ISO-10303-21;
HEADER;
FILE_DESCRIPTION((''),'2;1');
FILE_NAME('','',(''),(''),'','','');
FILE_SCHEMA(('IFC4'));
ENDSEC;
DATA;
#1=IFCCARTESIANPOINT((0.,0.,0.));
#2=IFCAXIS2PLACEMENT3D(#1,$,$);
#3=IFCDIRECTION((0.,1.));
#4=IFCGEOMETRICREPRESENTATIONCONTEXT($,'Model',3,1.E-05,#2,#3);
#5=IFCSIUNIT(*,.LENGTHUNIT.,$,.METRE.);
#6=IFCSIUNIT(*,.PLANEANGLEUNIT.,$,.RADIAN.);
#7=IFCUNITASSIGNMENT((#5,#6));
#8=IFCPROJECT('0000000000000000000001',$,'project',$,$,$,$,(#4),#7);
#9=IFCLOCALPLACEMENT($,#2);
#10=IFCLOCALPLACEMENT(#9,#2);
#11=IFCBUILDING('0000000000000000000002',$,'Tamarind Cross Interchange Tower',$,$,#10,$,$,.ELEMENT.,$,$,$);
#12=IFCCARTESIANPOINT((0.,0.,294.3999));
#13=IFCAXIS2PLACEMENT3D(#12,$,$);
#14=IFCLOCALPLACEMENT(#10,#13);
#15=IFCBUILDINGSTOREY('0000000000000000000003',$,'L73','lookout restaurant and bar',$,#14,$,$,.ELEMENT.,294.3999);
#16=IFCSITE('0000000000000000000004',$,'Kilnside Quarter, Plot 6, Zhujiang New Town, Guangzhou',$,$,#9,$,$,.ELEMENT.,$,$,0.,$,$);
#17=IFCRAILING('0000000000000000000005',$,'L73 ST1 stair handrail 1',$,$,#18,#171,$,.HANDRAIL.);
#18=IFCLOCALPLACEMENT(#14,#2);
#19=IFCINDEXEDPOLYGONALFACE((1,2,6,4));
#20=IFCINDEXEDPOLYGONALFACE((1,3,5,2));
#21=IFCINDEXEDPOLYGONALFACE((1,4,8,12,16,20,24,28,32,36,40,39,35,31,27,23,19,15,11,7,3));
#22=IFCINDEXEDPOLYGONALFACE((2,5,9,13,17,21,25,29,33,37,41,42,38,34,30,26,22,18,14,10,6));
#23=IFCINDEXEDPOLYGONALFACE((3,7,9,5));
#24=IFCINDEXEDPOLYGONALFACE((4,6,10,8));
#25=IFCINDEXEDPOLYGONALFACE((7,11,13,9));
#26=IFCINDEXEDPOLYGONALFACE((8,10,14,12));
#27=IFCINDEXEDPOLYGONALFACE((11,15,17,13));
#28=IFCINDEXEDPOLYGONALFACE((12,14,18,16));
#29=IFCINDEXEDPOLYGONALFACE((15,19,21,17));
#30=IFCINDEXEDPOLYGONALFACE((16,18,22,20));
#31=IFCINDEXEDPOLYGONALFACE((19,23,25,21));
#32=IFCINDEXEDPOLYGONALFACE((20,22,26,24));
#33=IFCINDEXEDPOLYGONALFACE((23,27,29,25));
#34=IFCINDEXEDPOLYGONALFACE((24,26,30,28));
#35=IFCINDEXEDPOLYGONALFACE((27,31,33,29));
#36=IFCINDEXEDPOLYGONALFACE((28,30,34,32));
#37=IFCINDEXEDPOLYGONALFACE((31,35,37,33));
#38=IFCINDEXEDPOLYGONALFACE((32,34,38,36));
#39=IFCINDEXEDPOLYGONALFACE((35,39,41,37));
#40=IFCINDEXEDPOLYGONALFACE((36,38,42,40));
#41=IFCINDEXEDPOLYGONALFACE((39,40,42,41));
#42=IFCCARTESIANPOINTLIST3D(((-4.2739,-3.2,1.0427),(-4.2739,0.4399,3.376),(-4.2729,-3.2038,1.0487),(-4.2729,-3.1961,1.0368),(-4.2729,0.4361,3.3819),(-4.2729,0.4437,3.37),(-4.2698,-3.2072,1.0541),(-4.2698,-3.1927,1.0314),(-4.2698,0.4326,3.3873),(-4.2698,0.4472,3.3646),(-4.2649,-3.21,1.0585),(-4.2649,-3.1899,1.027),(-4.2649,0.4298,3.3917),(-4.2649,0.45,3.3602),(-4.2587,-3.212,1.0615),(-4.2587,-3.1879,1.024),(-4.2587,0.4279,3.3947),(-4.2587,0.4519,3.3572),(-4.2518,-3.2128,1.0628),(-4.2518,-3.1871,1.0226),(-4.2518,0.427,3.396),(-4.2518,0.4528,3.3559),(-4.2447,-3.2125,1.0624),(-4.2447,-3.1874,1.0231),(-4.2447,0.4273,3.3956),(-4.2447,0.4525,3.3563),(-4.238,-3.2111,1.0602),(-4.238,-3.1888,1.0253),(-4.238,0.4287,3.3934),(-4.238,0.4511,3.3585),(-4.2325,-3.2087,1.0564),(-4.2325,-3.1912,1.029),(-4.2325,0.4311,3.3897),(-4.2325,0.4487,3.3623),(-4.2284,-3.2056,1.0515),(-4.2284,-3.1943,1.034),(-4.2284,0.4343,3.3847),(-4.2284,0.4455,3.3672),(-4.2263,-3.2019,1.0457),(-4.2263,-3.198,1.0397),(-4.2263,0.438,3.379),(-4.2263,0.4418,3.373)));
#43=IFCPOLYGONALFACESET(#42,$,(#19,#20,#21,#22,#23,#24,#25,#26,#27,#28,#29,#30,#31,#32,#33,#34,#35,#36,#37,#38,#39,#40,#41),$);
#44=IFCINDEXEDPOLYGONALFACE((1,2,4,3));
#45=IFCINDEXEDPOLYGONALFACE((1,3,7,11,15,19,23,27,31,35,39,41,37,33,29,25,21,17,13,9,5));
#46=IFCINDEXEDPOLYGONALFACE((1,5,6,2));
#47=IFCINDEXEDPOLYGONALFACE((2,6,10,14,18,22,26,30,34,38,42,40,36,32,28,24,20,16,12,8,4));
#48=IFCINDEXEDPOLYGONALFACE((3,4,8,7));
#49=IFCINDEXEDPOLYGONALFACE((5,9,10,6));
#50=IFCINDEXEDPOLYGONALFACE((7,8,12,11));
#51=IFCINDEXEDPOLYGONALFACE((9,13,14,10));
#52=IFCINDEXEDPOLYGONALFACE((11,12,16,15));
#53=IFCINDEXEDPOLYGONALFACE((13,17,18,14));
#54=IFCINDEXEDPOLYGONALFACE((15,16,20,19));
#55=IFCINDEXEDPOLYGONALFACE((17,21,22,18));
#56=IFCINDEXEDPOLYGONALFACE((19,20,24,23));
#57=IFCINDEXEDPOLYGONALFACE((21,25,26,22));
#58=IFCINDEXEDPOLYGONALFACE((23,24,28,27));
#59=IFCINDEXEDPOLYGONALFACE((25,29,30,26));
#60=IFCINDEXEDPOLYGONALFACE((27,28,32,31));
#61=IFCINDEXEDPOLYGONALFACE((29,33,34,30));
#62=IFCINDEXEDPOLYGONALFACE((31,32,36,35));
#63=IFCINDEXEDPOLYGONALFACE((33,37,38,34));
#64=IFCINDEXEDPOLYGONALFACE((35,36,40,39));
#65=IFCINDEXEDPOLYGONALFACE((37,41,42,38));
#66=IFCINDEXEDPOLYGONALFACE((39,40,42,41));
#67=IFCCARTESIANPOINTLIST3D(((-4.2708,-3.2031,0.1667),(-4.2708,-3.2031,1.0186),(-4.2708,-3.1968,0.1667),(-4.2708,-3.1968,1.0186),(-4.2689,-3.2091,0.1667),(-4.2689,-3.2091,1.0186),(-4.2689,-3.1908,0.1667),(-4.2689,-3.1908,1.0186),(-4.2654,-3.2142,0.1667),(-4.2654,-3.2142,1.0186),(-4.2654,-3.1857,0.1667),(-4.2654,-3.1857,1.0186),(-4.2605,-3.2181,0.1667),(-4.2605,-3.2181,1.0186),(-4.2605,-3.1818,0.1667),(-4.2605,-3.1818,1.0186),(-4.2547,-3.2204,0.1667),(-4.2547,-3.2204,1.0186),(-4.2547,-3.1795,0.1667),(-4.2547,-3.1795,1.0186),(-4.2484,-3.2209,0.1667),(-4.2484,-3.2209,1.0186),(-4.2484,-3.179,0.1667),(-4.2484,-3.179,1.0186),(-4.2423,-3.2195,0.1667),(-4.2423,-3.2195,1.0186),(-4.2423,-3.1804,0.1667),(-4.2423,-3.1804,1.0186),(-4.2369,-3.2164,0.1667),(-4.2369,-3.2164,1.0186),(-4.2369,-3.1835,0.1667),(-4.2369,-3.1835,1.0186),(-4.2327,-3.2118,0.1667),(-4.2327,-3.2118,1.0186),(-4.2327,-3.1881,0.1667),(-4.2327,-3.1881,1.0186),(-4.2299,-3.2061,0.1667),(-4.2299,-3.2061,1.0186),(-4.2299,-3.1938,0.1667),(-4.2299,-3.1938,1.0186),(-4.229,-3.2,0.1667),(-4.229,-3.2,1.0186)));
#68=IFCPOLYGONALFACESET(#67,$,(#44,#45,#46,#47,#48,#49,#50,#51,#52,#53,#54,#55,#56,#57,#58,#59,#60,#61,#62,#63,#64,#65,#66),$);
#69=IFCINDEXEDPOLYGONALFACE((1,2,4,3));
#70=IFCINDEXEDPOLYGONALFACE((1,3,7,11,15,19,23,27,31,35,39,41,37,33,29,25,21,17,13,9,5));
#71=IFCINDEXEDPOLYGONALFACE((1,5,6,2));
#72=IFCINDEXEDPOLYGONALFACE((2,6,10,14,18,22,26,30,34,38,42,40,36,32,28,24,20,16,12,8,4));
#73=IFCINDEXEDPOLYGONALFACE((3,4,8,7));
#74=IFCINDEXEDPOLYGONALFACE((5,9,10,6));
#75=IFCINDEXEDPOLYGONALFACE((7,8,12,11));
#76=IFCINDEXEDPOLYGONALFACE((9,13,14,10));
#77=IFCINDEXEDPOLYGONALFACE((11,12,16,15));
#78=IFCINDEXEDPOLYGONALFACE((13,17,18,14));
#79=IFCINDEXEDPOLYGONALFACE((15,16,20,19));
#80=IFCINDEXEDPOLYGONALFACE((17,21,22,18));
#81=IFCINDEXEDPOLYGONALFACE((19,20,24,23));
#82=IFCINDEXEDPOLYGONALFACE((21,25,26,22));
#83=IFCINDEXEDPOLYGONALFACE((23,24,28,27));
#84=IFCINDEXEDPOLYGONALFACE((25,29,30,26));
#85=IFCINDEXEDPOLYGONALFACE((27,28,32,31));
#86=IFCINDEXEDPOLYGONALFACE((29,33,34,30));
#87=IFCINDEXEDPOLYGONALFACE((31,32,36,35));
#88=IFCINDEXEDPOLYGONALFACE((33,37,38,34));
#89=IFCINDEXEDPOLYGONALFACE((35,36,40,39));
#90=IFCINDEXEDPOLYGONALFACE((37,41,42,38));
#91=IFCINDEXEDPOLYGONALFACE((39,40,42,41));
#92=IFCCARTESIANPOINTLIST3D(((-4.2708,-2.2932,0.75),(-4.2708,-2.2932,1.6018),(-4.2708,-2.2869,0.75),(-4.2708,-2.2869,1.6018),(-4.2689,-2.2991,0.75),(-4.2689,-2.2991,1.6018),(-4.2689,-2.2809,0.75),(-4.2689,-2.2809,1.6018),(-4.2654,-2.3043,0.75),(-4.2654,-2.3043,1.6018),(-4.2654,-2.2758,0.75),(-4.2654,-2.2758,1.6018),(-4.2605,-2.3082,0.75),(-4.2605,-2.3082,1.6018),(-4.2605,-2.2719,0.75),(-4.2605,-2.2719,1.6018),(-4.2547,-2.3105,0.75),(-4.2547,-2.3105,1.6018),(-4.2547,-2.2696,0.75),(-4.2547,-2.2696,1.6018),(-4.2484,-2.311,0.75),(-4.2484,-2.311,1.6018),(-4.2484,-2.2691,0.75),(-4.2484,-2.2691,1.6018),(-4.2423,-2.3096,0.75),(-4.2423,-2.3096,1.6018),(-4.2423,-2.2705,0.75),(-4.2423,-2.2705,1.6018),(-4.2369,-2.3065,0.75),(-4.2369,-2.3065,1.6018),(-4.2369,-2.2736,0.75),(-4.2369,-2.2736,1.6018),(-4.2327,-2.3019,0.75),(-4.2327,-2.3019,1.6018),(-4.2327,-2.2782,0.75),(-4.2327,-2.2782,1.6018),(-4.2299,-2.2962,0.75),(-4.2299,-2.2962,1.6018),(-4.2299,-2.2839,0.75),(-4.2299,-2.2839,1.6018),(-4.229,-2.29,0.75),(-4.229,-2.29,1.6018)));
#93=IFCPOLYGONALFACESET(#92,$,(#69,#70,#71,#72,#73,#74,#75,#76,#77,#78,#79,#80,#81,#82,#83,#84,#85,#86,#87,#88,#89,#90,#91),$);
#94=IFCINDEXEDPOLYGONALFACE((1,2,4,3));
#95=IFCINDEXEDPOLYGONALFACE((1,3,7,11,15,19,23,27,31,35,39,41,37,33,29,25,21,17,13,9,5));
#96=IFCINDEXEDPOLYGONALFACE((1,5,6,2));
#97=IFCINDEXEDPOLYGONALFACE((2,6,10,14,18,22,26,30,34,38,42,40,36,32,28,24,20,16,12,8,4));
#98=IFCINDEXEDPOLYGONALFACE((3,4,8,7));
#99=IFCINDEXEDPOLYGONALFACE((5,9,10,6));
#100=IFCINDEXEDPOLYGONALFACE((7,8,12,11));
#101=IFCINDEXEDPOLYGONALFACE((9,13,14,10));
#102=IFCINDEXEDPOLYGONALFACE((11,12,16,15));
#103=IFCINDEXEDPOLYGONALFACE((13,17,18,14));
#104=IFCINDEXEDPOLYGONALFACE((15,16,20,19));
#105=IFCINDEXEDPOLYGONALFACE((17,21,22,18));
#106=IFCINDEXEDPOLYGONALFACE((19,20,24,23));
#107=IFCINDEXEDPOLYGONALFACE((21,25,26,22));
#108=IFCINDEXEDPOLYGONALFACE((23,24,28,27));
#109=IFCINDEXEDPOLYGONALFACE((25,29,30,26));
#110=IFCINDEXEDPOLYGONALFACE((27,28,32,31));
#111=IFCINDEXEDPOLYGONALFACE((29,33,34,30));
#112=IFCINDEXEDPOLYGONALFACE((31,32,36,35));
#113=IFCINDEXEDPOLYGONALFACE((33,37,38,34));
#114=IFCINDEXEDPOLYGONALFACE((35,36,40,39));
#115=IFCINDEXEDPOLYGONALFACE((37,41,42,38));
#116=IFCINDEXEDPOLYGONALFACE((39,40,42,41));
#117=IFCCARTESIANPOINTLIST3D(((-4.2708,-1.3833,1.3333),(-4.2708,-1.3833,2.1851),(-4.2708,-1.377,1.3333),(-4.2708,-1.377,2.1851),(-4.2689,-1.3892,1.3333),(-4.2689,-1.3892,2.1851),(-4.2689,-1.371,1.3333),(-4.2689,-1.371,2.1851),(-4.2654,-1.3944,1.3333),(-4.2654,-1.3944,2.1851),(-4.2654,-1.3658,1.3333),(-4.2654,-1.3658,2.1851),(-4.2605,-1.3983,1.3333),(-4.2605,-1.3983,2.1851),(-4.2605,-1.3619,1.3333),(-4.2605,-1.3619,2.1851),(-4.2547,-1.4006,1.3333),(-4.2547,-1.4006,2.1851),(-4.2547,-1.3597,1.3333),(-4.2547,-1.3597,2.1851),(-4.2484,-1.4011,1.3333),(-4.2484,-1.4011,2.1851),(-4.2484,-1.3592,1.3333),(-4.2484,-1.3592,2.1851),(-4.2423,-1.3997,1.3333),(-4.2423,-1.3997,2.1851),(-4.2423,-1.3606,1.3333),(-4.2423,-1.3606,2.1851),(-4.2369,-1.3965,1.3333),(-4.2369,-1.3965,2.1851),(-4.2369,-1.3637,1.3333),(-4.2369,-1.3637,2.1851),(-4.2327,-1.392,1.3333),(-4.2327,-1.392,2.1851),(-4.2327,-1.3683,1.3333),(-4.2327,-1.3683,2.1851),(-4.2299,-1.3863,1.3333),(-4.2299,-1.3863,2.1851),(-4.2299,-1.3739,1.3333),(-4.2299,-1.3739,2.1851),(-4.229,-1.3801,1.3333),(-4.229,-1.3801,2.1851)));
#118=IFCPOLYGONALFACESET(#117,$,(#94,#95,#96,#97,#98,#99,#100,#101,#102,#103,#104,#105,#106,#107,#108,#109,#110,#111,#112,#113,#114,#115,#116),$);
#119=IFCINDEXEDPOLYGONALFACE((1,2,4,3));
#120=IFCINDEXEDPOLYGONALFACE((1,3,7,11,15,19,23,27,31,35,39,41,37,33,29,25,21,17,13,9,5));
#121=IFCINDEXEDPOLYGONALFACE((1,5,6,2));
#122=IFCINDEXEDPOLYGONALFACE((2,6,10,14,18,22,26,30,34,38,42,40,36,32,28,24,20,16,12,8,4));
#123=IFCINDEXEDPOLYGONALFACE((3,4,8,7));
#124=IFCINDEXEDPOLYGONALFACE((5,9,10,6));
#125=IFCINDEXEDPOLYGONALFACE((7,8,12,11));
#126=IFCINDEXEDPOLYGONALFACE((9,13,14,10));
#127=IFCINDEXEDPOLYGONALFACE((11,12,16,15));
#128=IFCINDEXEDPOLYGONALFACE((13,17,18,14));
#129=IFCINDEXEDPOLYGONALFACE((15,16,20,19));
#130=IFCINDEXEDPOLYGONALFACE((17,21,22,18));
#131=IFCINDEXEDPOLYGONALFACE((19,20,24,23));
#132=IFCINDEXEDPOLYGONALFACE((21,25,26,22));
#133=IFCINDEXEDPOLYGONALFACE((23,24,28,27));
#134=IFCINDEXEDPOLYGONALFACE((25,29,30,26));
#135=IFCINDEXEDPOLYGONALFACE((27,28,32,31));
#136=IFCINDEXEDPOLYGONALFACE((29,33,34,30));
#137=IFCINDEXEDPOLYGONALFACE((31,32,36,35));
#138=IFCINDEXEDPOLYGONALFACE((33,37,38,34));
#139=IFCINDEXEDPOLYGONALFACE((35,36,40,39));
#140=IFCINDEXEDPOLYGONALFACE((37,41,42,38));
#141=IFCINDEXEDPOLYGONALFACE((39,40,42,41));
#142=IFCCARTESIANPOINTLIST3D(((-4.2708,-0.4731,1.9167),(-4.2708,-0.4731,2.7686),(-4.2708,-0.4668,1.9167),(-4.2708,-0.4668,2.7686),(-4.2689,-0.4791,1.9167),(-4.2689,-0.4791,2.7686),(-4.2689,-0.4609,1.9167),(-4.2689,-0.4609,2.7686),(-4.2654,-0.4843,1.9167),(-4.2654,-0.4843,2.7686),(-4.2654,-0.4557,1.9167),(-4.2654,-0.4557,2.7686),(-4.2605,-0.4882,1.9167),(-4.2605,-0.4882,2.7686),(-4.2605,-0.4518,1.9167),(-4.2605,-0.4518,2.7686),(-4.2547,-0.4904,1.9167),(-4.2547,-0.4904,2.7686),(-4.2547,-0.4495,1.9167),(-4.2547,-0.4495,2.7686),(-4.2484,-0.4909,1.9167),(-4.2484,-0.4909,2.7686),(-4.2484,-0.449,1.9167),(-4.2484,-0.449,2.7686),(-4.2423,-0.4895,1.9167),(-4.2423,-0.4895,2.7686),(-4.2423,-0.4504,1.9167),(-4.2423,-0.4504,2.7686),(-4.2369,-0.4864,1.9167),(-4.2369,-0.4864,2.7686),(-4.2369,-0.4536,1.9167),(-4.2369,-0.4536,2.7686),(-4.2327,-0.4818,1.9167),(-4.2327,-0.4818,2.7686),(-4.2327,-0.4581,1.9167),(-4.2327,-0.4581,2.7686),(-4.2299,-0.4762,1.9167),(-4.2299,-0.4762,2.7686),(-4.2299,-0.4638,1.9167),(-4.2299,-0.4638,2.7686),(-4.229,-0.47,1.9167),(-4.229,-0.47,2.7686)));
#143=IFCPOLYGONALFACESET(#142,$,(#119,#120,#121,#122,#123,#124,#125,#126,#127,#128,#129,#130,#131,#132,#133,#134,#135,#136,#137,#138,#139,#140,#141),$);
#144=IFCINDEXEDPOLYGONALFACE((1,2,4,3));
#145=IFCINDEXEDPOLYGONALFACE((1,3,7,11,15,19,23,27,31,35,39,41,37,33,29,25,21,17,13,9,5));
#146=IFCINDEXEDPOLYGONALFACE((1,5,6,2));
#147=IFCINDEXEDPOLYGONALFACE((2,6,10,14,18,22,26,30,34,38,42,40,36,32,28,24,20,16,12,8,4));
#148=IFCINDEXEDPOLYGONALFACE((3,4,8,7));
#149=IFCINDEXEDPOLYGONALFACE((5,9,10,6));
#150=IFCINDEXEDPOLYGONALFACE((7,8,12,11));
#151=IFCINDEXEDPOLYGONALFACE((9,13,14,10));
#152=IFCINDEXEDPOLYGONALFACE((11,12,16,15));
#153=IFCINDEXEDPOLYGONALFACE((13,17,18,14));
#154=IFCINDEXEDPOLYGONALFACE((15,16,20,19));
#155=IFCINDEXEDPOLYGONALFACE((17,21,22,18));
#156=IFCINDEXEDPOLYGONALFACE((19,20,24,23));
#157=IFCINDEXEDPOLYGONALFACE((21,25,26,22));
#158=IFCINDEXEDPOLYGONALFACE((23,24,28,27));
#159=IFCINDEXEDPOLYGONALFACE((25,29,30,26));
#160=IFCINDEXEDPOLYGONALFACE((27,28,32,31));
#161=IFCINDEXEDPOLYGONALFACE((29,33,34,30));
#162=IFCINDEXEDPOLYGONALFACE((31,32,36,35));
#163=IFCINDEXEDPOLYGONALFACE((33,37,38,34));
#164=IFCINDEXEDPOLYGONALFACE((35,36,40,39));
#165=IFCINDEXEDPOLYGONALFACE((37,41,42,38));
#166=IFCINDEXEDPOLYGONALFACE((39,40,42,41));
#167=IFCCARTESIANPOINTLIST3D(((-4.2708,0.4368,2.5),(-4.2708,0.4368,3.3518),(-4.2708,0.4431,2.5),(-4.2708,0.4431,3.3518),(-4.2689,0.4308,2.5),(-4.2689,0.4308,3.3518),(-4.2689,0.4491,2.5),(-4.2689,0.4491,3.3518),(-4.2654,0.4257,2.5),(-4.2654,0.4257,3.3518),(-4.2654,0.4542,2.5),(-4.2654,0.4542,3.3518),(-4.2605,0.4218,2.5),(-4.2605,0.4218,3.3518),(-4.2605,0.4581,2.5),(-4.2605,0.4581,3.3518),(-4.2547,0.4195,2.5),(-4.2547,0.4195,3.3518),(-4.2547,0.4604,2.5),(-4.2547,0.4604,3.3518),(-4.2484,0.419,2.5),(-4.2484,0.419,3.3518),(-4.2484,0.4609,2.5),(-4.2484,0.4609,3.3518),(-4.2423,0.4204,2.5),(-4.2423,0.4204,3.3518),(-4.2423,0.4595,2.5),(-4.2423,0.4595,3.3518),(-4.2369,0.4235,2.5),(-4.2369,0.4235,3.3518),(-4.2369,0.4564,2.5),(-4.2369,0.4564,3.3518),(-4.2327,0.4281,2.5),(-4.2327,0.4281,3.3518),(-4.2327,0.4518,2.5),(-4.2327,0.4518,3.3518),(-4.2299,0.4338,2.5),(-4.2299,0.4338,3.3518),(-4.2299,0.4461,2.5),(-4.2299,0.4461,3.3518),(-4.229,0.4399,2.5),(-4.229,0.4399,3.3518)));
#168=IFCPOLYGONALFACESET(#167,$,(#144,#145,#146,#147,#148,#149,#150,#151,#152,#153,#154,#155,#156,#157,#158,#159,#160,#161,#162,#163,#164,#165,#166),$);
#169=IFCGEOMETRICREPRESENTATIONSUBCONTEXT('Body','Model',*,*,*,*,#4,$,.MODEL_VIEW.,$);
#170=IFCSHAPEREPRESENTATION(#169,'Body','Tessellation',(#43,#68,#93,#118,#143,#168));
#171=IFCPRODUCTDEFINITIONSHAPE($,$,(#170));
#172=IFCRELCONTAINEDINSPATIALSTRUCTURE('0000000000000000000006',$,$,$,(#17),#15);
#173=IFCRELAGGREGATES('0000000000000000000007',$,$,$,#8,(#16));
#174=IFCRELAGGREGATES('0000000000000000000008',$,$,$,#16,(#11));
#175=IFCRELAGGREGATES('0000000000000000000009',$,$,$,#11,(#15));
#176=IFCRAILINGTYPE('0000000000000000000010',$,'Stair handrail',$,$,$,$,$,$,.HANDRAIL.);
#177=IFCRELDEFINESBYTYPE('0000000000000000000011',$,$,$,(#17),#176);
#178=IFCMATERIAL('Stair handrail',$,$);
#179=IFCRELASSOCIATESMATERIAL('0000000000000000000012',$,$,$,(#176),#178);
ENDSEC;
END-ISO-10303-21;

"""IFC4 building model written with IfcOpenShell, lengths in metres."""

from ifc_helpers import new_model, si_unit, direction, frame, origin, origin_2d, place, context, subcontext, project, spatial, circle, extrude, material, type_object, element, save


model = new_model("IFC4")

# Units and contexts
model_context = context("Model", 3, precision=1e-05, world=origin(), true_north=direction((0.0, 1.0)))
body_context = subcontext(model_context, "Body", "Model", "MODEL_VIEW")
ifc_project = project(units=[si_unit("LENGTHUNIT", "METRE"), si_unit("PLANEANGLEUNIT", "RADIAN")], contexts=[model_context])

# Site, building, storey
site_placement = place(None, origin())
site = spatial("IfcSite", under=ifc_project, at=site_placement, Name="Kilnside Quarter, Plot 6, Zhujiang New Town, Guangzhou", CompositionType="ELEMENT", RefElevation=0.0)
building_placement = place(site_placement, origin())
building = spatial("IfcBuilding", under=site, at=building_placement, Name="Tamarind Cross Interchange Tower", CompositionType="ELEMENT")
storey_placement = place(building_placement, frame((0.0, 0.0, 294.3999)))
storey = spatial("IfcBuildingStorey", under=building, at=storey_placement, Name="L73", Description="lookout restaurant and bar", CompositionType="ELEMENT", Elevation=294.3999)

# Railing
ifc_material_1 = material(Name="Stair handrail")
railing_type_1 = type_object("IfcRailingType", Name="Stair handrail", PredefinedType="HANDRAIL", material=ifc_material_1)
railing_1_placement = place(storey_placement, frame((-4.25, -3.2, 0.1667)))
element("IfcRailing", 1, at=railing_1_placement, inside=storey, type_object=railing_type_1, Name="L73 ST1 stair handrail 1", PredefinedType="HANDRAIL", context=body_context, shape_type="SweptSolid", body=[
    extrude(circle(Radius=0.0239, at=origin_2d()), frame((0.0, 0.0, 0.876), z_axis=(0.0, 0.84188, 0.539664), x_axis=(-1.0, 0.0, 0.0)), (0.0, 0.0, 1.0), 4.3235),
    extrude(circle(Radius=0.021, at=origin_2d()), origin(), (0.0, 0.0, 1.0), 0.8518),
    extrude(circle(Radius=0.021, at=origin_2d()), frame((0.0, 0.9099, 0.5833)), (0.0, 0.0, 1.0), 0.8518),
    extrude(circle(Radius=0.021, at=origin_2d()), frame((0.0, 1.8198, 1.1665)), (0.0, 0.0, 1.0), 0.8518),
    extrude(circle(Radius=0.021, at=origin_2d()), frame((0.0, 2.73, 1.75)), (0.0, 0.0, 1.0), 0.8518),
    extrude(circle(Radius=0.021, at=origin_2d()), frame((0.0, 3.6399, 2.3333)), (0.0, 0.0, 1.0), 0.8518),
])

save(model, "model.ifc")
